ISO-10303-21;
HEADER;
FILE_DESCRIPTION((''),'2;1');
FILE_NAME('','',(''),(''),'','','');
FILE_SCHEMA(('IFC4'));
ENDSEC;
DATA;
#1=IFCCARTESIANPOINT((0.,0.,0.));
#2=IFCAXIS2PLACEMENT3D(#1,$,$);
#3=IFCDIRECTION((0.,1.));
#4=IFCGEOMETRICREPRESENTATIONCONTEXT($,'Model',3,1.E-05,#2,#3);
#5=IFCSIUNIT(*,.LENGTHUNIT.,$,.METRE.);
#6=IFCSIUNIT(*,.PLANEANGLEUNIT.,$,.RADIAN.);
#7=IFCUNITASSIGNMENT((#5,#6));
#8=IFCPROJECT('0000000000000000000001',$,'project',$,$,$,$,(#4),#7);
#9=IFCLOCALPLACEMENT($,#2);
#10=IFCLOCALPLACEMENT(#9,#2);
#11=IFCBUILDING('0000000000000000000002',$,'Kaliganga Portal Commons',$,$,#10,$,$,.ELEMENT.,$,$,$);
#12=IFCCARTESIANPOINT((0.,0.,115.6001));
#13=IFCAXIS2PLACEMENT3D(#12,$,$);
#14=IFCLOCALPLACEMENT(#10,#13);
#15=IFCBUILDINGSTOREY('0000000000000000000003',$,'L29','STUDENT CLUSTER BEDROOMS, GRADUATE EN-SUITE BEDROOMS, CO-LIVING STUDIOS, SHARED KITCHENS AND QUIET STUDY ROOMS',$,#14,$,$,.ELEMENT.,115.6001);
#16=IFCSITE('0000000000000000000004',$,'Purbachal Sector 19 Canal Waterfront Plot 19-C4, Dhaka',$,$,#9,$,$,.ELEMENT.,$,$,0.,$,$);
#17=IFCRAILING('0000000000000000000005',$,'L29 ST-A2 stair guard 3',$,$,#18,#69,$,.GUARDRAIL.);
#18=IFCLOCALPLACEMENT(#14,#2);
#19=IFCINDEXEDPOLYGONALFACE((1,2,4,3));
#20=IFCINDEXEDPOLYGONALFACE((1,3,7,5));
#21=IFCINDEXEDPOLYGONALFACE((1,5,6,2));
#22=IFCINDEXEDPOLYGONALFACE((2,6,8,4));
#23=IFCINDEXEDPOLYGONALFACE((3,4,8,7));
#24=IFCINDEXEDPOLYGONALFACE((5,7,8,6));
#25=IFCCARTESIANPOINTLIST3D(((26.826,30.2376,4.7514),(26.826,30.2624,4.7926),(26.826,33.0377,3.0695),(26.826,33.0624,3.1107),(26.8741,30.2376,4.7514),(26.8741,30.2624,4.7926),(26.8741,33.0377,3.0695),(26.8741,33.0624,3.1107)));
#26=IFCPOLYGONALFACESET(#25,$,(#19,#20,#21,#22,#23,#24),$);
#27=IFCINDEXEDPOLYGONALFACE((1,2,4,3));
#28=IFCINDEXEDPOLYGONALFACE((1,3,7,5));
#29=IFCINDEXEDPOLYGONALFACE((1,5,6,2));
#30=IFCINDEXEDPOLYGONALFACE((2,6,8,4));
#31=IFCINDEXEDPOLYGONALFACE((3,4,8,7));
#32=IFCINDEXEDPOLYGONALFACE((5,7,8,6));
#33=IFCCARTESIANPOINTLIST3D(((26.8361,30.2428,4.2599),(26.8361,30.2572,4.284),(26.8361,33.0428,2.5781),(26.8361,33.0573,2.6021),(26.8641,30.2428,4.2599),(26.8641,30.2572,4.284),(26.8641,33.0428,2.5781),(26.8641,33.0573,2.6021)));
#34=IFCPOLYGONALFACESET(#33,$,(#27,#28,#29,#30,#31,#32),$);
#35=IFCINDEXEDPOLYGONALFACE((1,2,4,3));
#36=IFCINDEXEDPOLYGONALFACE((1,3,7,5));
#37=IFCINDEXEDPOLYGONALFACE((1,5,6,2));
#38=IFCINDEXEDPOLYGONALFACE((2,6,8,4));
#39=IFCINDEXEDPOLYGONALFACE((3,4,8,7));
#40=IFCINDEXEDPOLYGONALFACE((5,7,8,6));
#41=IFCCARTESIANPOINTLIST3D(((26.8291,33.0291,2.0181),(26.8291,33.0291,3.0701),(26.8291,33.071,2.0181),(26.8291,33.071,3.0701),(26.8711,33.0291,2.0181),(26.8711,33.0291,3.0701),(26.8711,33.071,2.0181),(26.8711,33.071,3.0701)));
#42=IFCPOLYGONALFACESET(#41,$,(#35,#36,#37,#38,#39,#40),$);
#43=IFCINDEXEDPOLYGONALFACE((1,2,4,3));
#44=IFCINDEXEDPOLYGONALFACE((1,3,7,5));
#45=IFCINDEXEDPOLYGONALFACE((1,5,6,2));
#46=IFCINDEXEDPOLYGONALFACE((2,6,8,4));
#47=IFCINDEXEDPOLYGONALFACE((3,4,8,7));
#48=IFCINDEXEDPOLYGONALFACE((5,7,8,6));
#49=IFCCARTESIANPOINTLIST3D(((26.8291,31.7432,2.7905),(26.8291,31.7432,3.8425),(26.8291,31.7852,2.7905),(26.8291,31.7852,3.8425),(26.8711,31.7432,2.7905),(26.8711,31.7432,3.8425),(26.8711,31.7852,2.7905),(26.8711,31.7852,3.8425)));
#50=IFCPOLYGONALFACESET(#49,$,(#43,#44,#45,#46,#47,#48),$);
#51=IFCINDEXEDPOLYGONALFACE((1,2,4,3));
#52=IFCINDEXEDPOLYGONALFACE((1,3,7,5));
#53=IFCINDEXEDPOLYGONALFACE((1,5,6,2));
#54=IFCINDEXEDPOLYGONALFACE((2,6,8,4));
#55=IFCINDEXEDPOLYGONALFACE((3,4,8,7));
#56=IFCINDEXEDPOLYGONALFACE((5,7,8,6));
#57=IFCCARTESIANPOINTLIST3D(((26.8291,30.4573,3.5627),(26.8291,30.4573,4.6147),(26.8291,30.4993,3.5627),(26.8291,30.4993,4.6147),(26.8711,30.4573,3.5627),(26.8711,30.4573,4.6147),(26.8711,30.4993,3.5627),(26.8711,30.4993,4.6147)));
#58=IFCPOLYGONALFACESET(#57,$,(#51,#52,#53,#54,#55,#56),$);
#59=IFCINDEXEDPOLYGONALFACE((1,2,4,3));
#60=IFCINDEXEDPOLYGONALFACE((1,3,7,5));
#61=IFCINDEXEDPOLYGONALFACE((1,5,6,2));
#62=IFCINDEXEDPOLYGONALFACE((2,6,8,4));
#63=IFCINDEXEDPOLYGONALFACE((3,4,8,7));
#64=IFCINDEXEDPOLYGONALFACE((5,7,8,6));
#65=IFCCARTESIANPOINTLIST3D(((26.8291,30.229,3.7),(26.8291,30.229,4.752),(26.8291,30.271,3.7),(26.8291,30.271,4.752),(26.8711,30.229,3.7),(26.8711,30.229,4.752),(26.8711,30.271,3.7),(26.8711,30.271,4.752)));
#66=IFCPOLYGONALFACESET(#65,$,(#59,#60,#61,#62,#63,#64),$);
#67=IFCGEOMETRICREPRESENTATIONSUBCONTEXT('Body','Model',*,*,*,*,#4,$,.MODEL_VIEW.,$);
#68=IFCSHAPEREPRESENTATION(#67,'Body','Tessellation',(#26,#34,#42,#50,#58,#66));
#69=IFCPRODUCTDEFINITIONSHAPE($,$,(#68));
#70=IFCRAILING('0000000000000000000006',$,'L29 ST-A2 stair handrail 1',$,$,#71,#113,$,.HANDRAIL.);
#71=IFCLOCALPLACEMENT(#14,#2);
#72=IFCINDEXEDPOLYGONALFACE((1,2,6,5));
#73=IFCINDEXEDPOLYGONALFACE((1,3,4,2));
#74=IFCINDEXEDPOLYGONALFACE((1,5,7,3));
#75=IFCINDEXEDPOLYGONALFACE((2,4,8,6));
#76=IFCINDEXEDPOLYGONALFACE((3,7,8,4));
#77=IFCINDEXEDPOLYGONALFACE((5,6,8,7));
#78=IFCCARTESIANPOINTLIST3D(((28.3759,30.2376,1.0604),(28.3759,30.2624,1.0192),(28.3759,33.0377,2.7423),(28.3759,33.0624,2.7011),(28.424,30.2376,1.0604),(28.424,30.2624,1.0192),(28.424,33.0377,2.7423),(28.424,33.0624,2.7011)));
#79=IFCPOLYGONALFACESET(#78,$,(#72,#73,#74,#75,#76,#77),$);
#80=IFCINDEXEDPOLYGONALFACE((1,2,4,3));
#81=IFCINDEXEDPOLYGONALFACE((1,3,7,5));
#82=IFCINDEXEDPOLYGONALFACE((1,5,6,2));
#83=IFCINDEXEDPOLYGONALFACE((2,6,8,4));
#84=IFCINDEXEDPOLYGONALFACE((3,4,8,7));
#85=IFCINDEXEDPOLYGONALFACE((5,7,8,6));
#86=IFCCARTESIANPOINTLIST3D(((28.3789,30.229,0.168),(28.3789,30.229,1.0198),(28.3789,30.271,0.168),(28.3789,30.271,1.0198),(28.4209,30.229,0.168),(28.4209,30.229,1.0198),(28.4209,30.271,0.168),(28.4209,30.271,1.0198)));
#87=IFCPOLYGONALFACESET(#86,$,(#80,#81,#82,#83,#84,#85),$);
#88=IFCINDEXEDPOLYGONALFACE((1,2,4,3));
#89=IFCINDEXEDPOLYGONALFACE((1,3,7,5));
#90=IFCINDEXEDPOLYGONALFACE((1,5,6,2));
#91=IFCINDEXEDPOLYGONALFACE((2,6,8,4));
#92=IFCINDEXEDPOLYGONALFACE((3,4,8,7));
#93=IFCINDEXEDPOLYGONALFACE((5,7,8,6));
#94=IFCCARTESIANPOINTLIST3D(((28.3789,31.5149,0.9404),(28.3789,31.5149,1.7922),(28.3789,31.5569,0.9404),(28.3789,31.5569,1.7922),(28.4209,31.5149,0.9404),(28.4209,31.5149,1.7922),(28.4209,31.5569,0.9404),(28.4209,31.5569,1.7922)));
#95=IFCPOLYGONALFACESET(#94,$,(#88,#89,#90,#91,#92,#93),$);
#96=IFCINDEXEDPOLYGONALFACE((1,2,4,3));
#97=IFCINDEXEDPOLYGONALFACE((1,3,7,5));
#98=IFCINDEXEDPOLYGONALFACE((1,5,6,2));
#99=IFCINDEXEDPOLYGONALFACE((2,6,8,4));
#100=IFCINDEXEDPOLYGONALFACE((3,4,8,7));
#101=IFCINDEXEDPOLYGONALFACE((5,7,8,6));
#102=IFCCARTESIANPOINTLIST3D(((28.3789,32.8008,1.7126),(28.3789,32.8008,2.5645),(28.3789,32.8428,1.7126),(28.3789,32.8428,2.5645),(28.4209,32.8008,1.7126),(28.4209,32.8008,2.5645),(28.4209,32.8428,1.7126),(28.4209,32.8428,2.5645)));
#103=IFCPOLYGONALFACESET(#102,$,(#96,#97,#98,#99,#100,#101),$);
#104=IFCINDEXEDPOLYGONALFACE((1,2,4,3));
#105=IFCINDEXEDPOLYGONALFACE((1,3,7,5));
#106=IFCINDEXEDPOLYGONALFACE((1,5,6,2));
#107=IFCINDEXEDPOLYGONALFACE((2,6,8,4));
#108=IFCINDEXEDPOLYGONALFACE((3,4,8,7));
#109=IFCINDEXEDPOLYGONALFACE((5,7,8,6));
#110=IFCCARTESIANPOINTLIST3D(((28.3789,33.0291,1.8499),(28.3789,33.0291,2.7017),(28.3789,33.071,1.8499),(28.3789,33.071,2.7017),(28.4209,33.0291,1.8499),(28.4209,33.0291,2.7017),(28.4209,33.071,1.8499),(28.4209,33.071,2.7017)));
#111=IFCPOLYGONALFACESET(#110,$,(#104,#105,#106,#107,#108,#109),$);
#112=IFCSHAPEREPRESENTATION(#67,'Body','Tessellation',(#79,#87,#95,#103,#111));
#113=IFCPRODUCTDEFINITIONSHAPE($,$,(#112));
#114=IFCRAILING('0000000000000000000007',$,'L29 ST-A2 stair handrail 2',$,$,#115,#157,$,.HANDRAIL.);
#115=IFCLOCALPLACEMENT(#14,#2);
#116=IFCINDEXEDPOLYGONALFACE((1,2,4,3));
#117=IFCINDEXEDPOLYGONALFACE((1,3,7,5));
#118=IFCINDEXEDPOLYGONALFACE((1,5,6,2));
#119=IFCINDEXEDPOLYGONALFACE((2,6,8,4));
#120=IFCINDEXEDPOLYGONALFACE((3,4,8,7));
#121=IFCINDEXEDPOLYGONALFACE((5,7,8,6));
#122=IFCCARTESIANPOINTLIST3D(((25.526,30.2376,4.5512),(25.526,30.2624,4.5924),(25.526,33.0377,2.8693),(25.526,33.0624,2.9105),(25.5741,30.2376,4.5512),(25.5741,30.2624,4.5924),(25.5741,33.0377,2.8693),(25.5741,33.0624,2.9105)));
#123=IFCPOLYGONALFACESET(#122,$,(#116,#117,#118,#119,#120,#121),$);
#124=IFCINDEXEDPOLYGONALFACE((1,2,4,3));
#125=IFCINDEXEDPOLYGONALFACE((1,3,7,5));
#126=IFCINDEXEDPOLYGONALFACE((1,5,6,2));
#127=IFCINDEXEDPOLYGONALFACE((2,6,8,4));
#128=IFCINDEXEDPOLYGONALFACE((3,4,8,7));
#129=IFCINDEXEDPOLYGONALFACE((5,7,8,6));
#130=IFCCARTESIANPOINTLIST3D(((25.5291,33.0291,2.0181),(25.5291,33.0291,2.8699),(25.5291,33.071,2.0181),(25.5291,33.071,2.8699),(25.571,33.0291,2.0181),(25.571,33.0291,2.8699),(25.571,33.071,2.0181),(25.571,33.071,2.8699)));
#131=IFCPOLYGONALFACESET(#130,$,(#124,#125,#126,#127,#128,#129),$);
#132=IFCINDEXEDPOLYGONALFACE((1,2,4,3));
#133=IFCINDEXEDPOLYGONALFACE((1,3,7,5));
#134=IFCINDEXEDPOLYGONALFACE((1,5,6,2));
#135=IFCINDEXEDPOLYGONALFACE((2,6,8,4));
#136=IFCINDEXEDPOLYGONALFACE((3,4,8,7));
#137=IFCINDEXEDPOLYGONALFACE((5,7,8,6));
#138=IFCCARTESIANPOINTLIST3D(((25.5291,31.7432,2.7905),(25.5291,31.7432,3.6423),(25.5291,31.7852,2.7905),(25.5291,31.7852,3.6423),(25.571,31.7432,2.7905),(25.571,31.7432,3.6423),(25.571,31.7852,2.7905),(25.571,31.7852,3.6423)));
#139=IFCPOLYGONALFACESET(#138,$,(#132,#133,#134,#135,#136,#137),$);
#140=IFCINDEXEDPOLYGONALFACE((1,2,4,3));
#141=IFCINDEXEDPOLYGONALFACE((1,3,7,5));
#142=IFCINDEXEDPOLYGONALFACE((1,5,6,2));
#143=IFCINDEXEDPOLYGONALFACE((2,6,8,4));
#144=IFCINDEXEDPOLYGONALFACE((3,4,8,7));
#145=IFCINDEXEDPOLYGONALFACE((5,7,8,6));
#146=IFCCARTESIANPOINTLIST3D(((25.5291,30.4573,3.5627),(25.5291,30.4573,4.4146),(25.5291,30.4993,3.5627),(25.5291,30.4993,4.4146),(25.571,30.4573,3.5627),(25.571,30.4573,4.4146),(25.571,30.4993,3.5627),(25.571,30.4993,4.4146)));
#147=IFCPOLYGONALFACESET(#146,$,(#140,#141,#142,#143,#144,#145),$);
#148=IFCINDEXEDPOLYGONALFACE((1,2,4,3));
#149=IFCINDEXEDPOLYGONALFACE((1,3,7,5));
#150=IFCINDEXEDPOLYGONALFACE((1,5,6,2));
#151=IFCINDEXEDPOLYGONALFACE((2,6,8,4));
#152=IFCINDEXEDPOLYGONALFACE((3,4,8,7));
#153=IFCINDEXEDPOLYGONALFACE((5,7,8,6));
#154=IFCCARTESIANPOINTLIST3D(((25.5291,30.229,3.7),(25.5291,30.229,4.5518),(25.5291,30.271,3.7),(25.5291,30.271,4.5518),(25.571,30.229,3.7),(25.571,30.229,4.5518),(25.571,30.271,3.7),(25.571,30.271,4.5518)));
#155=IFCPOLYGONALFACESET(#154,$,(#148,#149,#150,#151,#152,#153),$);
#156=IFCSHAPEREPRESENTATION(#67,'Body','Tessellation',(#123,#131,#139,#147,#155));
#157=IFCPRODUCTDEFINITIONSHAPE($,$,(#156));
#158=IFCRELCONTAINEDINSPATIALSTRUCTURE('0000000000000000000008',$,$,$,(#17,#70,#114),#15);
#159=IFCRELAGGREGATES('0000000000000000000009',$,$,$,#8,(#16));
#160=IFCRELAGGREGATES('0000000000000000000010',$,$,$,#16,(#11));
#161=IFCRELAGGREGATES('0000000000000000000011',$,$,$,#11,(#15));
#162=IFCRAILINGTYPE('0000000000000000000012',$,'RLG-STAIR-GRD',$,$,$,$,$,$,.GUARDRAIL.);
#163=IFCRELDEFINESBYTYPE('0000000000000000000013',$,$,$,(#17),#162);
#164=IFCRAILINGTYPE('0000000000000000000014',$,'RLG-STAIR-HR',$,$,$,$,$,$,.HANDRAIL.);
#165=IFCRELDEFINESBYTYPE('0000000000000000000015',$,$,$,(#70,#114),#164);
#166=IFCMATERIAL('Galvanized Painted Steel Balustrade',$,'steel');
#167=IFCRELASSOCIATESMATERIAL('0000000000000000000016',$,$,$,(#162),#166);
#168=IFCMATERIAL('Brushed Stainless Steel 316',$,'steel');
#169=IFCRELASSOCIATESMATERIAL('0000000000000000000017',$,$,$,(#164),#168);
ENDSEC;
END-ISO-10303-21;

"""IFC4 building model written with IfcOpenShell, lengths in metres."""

from ifc_helpers import new_model, si_unit, direction, frame, origin, origin_2d, place, context, subcontext, project, spatial, rectangle, extrude, material, type_object, element, save


model = new_model("IFC4")

# Units and contexts
model_context = context("Model", 3, precision=1e-05, world=origin(), true_north=direction((0.0, 1.0)))
body_context = subcontext(model_context, "Body", "Model", "MODEL_VIEW")
ifc_project = project(units=[si_unit("LENGTHUNIT", "METRE"), si_unit("PLANEANGLEUNIT", "RADIAN")], contexts=[model_context])

# Site, building, storey
site_placement = place(None, origin())
site = spatial("IfcSite", under=ifc_project, at=site_placement, Name="Purbachal Sector 19 Canal Waterfront Plot 19-C4, Dhaka", CompositionType="ELEMENT", RefElevation=0.0)
building_placement = place(site_placement, origin())
building = spatial("IfcBuilding", under=site, at=building_placement, Name="Kaliganga Portal Commons", CompositionType="ELEMENT")
storey_placement = place(building_placement, frame((0.0, 0.0, 115.6001)))
storey = spatial("IfcBuildingStorey", under=building, at=storey_placement, Name="L29", Description="STUDENT CLUSTER BEDROOMS, GRADUATE EN-SUITE BEDROOMS, CO-LIVING STUDIOS, SHARED KITCHENS AND QUIET STUDY ROOMS", CompositionType="ELEMENT", Elevation=115.6001)

# Railings
ifc_material_1 = material(Name="Galvanized Painted Steel Balustrade", Category="steel")
railing_type_1 = type_object("IfcRailingType", Name="RLG-STAIR-GRD", PredefinedType="GUARDRAIL", material=ifc_material_1)
railing_1_placement = place(storey_placement, frame((26.8501, 33.05, 2.0181)))
element("IfcRailing", 1, at=railing_1_placement, inside=storey, type_object=railing_type_1, Name="L29 ST-A2 stair guard 3", PredefinedType="GUARDRAIL", context=body_context, shape_type="SweptSolid", body=[
    extrude(rectangle(XDim=0.0481, YDim=0.0481, at=origin_2d()), frame((0.0, 0.0, 1.072), z_axis=(0.0, -0.857242, 0.514913), x_axis=(1.0, 0.0, 0.0)), (0.0, 0.0, 1.0), 3.2664),
    extrude(rectangle(XDim=0.0281, YDim=0.0281, at=origin_2d()), frame((0.0, 0.0, 0.572), z_axis=(0.0, -0.857242, 0.514913), x_axis=(1.0, 0.0, 0.0)), (0.0, 0.0, 1.0), 3.2664),
    extrude(rectangle(XDim=0.042, YDim=0.042, at=origin_2d()), origin(), (0.0, 0.0, 1.0), 1.052),
    extrude(rectangle(XDim=0.042, YDim=0.042, at=origin_2d()), frame((0.0, -1.2859, 0.7725)), (0.0, 0.0, 1.0), 1.052),
    extrude(rectangle(XDim=0.042, YDim=0.042, at=origin_2d()), frame((0.0, -2.5718, 1.5447)), (0.0, 0.0, 1.0), 1.052),
    extrude(rectangle(XDim=0.042, YDim=0.042, at=origin_2d()), frame((0.0, -2.8, 1.6819)), (0.0, 0.0, 1.0), 1.052),
])
ifc_material_2 = material(Name="Brushed Stainless Steel 316", Category="steel")
railing_type_2 = type_object("IfcRailingType", Name="RLG-STAIR-HR", PredefinedType="HANDRAIL", material=ifc_material_2)
railing_2_placement = place(storey_placement, frame((28.3999, 30.25, 0.168)))
element("IfcRailing", 2, at=railing_2_placement, inside=storey, type_object=railing_type_2, Name="L29 ST-A2 stair handrail 1", PredefinedType="HANDRAIL", context=body_context, shape_type="SweptSolid", body=[
    extrude(rectangle(XDim=0.0481, YDim=0.0481, at=origin_2d()), frame((0.0, 0.0, 0.8718), z_axis=(0.0, 0.857242, 0.514913), x_axis=(-1.0, 0.0, 0.0)), (0.0, 0.0, 1.0), 3.2664),
    extrude(rectangle(XDim=0.042, YDim=0.042, at=origin_2d()), origin(), (0.0, 0.0, 1.0), 0.8518),
    extrude(rectangle(XDim=0.042, YDim=0.042, at=origin_2d()), frame((0.0, 1.2859, 0.7725)), (0.0, 0.0, 1.0), 0.8518),
    extrude(rectangle(XDim=0.042, YDim=0.042, at=origin_2d()), frame((0.0, 2.5718, 1.5447)), (0.0, 0.0, 1.0), 0.8518),
    extrude(rectangle(XDim=0.042, YDim=0.042, at=origin_2d()), frame((0.0, 2.8, 1.6819)), (0.0, 0.0, 1.0), 0.8518),
])
railing_3_placement = place(storey_placement, frame((25.55, 33.05, 2.0181)))
element("IfcRailing", 3, at=railing_3_placement, inside=storey, type_object=railing_type_2, Name="L29 ST-A2 stair handrail 2", PredefinedType="HANDRAIL", context=body_context, shape_type="SweptSolid", body=[
    extrude(rectangle(XDim=0.0481, YDim=0.0481, at=origin_2d()), frame((0.0, 0.0, 0.8718), z_axis=(0.0, -0.857242, 0.514913), x_axis=(1.0, 0.0, 0.0)), (0.0, 0.0, 1.0), 3.2664),
    extrude(rectangle(XDim=0.042, YDim=0.042, at=origin_2d()), origin(), (0.0, 0.0, 1.0), 0.8518),
    extrude(rectangle(XDim=0.042, YDim=0.042, at=origin_2d()), frame((0.0, -1.2859, 0.7725)), (0.0, 0.0, 1.0), 0.8518),
    extrude(rectangle(XDim=0.042, YDim=0.042, at=origin_2d()), frame((0.0, -2.5718, 1.5447)), (0.0, 0.0, 1.0), 0.8518),
    extrude(rectangle(XDim=0.042, YDim=0.042, at=origin_2d()), frame((0.0, -2.8, 1.6819)), (0.0, 0.0, 1.0), 0.8518),
])

save(model, "model.ifc")
